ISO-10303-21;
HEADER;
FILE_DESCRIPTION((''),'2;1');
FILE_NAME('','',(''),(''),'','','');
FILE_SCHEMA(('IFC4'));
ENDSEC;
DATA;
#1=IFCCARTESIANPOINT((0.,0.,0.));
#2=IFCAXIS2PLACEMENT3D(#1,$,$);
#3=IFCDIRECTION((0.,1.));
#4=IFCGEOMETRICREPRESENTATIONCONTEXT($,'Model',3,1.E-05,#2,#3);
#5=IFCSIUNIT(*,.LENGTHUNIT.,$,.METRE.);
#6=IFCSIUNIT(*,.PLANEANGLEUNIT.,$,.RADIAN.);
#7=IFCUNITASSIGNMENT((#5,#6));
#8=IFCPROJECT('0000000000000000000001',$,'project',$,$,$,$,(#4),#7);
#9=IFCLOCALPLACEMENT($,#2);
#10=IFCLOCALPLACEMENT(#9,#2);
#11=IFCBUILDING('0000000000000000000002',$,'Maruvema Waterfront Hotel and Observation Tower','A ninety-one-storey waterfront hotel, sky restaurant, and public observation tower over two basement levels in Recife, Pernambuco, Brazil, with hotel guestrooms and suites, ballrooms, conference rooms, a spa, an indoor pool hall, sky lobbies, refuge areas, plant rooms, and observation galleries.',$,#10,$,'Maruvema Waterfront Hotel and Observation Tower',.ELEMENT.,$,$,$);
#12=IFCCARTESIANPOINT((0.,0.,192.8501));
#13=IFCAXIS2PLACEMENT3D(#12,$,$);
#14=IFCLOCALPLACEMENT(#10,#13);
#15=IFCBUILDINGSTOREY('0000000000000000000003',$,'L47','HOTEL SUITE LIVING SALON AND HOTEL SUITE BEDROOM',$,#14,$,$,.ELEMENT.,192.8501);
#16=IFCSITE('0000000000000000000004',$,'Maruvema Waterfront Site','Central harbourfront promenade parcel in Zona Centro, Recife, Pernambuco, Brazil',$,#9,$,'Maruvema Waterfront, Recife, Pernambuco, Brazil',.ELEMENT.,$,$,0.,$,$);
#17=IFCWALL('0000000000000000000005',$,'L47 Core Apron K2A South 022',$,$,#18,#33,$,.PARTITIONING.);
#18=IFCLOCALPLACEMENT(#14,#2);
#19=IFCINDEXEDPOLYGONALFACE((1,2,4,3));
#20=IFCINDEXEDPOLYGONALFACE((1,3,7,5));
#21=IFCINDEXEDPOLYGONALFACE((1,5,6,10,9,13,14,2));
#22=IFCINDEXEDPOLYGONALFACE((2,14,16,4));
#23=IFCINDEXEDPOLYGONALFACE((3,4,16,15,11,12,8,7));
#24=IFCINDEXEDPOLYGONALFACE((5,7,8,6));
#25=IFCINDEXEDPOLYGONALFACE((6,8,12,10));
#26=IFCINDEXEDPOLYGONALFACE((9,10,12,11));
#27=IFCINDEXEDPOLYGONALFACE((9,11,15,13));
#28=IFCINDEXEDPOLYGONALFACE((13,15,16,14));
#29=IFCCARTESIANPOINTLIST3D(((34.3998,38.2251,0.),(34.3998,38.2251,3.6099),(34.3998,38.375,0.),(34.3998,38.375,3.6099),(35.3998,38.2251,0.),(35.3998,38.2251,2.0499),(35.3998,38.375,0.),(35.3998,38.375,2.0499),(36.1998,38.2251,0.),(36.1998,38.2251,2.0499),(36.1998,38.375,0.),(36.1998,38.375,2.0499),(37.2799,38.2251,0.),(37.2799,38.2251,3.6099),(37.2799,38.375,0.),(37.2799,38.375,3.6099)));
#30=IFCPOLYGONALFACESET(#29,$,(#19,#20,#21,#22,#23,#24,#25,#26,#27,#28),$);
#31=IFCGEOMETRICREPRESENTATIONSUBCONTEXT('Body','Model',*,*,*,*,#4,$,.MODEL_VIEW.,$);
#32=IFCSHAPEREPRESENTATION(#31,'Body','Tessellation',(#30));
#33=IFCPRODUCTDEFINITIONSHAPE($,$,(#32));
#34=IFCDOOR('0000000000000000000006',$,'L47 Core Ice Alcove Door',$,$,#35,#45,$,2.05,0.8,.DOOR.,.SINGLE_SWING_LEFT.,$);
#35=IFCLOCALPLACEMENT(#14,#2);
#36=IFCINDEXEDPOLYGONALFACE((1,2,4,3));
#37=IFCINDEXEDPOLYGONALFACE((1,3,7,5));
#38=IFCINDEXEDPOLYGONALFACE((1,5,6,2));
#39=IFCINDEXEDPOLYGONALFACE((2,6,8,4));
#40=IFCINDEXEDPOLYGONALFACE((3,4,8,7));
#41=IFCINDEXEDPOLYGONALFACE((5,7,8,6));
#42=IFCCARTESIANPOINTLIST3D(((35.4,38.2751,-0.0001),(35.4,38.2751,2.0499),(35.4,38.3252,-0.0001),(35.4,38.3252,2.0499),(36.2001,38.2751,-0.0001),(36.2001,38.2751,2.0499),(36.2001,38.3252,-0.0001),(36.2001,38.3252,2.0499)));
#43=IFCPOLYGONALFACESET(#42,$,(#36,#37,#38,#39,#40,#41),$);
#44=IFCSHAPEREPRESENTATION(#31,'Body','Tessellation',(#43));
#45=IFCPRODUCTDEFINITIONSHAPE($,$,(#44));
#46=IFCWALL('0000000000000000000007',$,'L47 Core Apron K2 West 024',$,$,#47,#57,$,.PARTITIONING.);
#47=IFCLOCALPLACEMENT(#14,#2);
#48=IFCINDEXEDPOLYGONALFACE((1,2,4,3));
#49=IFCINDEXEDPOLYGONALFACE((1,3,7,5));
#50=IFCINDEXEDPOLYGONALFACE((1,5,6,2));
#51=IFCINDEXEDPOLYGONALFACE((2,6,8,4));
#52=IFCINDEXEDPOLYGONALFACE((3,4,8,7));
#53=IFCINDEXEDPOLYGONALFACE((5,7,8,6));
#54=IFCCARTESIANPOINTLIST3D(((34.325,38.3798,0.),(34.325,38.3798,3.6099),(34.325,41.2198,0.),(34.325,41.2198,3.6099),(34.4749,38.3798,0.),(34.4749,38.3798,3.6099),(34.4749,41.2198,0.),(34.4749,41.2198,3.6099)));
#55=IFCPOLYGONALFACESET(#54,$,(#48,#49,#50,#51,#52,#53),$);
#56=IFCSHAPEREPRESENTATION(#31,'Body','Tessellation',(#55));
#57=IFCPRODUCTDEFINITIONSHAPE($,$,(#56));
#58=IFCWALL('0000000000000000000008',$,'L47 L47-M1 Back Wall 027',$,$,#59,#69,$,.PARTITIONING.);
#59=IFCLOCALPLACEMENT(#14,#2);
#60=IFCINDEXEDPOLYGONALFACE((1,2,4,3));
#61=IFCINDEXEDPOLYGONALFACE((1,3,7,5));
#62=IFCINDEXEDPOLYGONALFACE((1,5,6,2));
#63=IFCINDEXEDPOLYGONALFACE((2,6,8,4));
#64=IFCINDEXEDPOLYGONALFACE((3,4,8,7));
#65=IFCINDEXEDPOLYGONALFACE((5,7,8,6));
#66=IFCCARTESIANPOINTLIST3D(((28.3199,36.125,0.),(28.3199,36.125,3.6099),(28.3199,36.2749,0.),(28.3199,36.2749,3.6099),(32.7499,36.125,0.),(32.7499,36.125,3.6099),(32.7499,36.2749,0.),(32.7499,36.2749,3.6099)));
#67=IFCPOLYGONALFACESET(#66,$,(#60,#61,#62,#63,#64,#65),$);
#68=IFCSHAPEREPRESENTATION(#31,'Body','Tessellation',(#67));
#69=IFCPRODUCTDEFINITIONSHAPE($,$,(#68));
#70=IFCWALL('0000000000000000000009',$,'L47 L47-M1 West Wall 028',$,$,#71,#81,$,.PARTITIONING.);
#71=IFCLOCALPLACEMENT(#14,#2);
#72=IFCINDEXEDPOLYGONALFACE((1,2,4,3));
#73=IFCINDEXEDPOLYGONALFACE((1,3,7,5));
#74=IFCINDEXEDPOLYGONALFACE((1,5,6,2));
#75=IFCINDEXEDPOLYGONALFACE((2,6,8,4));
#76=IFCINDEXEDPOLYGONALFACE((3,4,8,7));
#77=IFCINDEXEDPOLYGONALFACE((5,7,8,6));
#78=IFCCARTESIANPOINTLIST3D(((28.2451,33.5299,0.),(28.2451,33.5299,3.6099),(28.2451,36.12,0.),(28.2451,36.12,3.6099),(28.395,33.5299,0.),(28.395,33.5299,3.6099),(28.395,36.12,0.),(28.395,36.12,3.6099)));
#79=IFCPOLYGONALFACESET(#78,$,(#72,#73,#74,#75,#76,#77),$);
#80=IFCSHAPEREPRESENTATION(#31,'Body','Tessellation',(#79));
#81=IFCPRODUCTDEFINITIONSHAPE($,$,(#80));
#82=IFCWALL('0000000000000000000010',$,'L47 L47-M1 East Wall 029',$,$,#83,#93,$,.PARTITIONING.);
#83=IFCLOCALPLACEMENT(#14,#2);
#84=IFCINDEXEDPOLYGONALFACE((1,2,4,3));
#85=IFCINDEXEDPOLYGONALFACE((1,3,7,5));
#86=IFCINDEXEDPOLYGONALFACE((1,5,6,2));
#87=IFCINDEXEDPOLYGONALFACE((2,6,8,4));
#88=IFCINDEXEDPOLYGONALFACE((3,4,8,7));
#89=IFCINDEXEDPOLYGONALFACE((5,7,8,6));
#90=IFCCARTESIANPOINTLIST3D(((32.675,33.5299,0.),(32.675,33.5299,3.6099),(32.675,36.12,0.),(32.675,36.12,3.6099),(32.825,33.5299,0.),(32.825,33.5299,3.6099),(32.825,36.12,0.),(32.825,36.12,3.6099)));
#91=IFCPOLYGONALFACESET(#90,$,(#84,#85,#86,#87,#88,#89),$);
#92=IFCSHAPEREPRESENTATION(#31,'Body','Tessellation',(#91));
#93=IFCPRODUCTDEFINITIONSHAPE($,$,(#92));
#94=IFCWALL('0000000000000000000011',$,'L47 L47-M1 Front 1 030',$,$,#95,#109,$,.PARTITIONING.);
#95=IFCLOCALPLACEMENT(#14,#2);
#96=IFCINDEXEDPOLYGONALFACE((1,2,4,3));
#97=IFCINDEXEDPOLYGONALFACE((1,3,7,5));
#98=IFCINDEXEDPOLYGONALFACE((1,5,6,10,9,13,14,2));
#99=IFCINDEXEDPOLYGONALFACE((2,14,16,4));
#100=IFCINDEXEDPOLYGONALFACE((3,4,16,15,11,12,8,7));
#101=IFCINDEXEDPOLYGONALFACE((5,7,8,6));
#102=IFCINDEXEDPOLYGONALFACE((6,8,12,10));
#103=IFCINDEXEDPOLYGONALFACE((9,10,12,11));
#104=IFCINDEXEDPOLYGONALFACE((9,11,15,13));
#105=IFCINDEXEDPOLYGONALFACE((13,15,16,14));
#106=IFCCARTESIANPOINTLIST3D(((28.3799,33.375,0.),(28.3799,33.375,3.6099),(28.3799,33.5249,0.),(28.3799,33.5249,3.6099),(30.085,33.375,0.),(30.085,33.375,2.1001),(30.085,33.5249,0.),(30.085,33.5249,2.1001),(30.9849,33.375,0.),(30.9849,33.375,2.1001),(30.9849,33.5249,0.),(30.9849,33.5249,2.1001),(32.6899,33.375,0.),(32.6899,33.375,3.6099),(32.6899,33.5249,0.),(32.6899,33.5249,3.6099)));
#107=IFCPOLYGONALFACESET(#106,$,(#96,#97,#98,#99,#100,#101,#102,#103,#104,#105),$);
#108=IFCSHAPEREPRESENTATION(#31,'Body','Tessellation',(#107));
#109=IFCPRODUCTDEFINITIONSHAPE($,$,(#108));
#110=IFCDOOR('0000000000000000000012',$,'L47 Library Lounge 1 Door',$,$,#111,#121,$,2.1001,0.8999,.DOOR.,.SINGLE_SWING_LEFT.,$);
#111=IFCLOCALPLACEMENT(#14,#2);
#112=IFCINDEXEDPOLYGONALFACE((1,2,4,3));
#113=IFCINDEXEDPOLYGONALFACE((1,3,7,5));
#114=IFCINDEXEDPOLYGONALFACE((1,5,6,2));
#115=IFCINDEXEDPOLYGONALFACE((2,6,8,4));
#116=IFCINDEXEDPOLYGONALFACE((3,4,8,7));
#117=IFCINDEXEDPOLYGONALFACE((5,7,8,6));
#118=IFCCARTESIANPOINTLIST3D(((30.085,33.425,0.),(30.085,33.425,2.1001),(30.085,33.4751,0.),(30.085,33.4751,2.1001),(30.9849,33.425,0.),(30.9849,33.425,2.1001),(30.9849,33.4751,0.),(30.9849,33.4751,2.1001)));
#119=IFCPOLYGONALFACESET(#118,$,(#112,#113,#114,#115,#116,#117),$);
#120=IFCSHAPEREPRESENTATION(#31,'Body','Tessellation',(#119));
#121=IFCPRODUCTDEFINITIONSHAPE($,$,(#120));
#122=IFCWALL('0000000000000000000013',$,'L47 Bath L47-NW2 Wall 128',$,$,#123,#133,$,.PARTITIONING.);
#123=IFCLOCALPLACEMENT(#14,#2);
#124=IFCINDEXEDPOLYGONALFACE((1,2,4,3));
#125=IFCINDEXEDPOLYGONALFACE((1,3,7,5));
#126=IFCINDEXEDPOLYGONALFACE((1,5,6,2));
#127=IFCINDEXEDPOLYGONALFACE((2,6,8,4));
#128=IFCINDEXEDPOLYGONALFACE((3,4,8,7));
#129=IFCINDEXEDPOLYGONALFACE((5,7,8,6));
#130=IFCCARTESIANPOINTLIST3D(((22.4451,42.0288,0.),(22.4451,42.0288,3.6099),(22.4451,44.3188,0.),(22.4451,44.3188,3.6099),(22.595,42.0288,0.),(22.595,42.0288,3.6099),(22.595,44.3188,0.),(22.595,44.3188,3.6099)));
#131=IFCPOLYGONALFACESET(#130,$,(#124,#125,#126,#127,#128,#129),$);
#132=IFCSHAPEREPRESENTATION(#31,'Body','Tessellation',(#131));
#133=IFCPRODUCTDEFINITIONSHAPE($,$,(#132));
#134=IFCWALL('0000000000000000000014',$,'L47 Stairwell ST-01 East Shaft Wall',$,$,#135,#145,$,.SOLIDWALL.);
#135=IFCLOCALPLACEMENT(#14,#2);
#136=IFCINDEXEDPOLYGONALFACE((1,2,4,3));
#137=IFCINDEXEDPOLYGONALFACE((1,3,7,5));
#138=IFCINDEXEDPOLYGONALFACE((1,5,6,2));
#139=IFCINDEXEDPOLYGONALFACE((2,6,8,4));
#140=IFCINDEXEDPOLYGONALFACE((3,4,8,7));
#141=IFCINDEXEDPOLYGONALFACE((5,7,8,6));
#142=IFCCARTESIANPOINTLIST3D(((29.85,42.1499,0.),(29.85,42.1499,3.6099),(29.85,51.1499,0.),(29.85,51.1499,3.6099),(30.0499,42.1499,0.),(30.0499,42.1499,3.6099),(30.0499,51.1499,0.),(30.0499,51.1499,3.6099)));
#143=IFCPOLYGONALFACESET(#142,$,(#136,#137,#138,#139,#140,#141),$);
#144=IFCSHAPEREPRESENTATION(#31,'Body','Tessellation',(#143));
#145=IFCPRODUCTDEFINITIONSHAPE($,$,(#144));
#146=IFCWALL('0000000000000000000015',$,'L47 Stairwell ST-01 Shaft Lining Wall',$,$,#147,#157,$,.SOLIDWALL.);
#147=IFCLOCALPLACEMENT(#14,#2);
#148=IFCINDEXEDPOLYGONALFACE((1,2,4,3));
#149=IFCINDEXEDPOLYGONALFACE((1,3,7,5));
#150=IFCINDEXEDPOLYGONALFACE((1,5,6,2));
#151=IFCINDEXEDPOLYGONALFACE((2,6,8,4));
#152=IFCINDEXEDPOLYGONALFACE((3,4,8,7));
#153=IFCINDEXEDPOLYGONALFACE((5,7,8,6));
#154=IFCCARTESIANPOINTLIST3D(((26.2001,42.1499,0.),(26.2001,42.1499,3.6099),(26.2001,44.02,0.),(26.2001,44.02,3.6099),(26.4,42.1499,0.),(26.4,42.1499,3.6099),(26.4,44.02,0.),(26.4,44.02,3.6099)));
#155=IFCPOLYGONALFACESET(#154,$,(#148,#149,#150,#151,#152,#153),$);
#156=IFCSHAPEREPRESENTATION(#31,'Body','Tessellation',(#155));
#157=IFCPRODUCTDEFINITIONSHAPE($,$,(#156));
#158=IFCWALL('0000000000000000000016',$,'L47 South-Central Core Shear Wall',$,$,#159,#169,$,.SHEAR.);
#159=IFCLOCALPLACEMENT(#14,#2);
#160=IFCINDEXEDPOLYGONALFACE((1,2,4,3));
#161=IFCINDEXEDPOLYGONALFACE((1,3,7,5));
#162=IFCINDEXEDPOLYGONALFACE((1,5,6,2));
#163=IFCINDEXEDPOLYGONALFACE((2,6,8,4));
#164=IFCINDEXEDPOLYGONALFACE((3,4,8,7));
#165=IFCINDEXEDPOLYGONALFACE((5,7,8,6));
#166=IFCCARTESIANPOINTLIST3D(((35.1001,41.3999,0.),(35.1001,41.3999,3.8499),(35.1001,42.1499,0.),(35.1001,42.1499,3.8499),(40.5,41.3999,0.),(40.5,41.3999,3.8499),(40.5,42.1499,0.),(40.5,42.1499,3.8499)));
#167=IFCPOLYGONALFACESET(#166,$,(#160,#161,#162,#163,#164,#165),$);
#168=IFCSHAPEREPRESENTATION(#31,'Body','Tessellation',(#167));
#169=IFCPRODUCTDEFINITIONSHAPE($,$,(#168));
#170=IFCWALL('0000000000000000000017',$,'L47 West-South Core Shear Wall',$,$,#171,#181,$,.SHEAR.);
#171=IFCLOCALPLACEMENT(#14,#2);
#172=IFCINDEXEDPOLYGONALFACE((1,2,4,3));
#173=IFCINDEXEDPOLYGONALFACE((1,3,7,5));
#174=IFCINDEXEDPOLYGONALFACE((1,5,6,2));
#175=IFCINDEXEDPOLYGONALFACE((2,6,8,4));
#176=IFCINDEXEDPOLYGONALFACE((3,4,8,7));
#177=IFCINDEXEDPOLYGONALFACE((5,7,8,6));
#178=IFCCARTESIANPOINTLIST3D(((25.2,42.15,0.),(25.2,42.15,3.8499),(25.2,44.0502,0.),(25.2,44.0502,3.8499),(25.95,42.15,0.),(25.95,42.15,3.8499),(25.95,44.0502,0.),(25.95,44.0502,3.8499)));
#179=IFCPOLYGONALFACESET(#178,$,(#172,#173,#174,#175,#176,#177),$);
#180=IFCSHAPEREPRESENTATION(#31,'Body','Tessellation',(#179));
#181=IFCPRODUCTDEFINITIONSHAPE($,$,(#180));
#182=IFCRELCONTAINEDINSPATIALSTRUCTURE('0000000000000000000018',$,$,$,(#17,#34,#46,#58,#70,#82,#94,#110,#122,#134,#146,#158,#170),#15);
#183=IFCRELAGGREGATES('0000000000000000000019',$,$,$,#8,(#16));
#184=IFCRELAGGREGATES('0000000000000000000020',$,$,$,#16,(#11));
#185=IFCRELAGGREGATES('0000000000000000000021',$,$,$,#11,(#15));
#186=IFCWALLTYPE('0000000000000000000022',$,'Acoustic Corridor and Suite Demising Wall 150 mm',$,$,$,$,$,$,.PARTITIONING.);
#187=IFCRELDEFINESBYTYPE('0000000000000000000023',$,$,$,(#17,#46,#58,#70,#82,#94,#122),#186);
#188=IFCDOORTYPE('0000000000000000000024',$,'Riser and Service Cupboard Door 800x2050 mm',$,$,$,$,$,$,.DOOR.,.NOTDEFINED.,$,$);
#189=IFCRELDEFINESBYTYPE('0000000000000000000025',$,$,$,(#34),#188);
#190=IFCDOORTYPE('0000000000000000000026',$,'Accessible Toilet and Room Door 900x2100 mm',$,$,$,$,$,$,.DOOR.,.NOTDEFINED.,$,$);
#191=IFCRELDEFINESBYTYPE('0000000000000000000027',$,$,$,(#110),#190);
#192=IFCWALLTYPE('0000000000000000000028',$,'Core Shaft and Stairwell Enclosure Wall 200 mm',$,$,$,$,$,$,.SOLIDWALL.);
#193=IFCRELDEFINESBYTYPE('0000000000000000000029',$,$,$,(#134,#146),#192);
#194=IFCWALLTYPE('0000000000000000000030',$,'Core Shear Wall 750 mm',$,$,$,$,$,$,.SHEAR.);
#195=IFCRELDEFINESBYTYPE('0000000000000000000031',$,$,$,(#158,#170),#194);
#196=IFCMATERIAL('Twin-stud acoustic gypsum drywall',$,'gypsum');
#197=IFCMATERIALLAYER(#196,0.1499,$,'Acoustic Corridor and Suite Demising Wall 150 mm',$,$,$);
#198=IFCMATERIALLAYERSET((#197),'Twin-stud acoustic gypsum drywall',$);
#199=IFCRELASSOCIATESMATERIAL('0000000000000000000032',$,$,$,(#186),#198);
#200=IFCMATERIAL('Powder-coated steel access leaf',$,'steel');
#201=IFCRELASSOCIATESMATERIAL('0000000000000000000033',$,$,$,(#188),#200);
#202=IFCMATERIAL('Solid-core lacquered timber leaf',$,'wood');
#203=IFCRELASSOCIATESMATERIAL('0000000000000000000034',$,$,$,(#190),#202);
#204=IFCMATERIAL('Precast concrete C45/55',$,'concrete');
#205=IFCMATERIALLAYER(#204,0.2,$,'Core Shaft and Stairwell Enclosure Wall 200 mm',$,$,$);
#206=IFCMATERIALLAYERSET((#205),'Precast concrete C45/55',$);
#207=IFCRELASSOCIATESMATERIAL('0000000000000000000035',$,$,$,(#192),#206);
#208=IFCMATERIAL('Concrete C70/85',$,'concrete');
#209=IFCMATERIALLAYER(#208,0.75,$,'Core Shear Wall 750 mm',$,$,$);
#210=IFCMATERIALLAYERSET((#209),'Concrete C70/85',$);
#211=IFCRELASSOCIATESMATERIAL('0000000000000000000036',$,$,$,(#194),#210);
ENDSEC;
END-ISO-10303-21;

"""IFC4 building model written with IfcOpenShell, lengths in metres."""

from ifc_helpers import new_model, si_unit, direction, frame, frame_2d, origin, place, context, subcontext, project, spatial, rectangle, extrude, material, layer, layer_set, type_object, element, fill, save


model = new_model("IFC4")

# Units and contexts
model_context = context("Model", 3, precision=1e-05, world=origin(), true_north=direction((0.0, 1.0)))
body_context = subcontext(model_context, "Body", "Model", "MODEL_VIEW")
ifc_project = project(units=[si_unit("LENGTHUNIT", "METRE"), si_unit("PLANEANGLEUNIT", "RADIAN")], contexts=[model_context])

# Site, building, storey
site_placement = place(None, origin())
site = spatial("IfcSite", under=ifc_project, at=site_placement, Name="Maruvema Waterfront Site", Description="Central harbourfront promenade parcel in Zona Centro, Recife, Pernambuco, Brazil", LongName="Maruvema Waterfront, Recife, Pernambuco, Brazil", CompositionType="ELEMENT", RefElevation=0.0)
building_placement = place(site_placement, origin())
building = spatial("IfcBuilding", under=site, at=building_placement, Name="Maruvema Waterfront Hotel and Observation Tower", Description="A ninety-one-storey waterfront hotel, sky restaurant, and public observation tower over two basement levels in Recife, Pernambuco, Brazil, with hotel guestrooms and suites, ballrooms, conference rooms, a spa, an indoor pool hall, sky lobbies, refuge areas, plant rooms, and observation galleries.", LongName="Maruvema Waterfront Hotel and Observation Tower", CompositionType="ELEMENT")
storey_placement = place(building_placement, frame((0.0, 0.0, 192.8501)))
storey = spatial("IfcBuildingStorey", under=building, at=storey_placement, Name="L47", Description="HOTEL SUITE LIVING SALON AND HOTEL SUITE BEDROOM", CompositionType="ELEMENT", Elevation=192.8501)

# Wall, opening, door
ifc_material_1 = material(Name="Twin-stud acoustic gypsum drywall", Category="gypsum")
ifc_layer_1 = layer(ifc_material_1, 0.1499, Name="Acoustic Corridor and Suite Demising Wall 150 mm")
ifc_layer_set_1 = layer_set([ifc_layer_1], Name="Twin-stud acoustic gypsum drywall")
wall_type_1 = type_object("IfcWallType", Name="Acoustic Corridor and Suite Demising Wall 150 mm", PredefinedType="PARTITIONING", material=ifc_layer_set_1)
wall_1_placement = place(storey_placement, frame((34.3999, 38.3, 0.0), z_axis=(0.0, 0.0, 1.0), x_axis=(1.0, 0.0, 0.0)))
wall_1 = element("IfcWall", 1, at=wall_1_placement, inside=storey, type_object=wall_type_1, Name="L47 Core Apron K2A South 022", PredefinedType="PARTITIONING", context=body_context, shape_type="SweptSolid", body=[
    extrude(rectangle(XDim=2.8801, YDim=0.1499, at=frame_2d((1.4399, 0.0))), origin(), (0.0, 0.0, 1.0), 3.6099),
])
opening_1_placement = place(wall_1_placement, frame((1.0, 0.0, 0.0)))
opening_1 = element("IfcOpeningElement", 2, at=opening_1_placement, cuts=wall_1, PredefinedType="OPENING", context=body_context, shape_type="SweptSolid", body=[
    extrude(rectangle(XDim=0.8, YDim=2.05, at=frame_2d((0.3999, 1.0249))), frame((0.0, 0.085, 0.0), z_axis=(0.0, -1.0, 0.0), x_axis=(1.0, 0.0, 0.0)), (0.0, 0.0, 1.0), 0.1699),
])
ifc_material_2 = material(Name="Powder-coated steel access leaf", Category="steel")
door_type_1 = type_object("IfcDoorType", Name="Riser and Service Cupboard Door 800x2050 mm", OperationType="NOTDEFINED", PredefinedType="DOOR", material=ifc_material_2)
door_1_placement = place(opening_1_placement, frame((0.8, 0.0, 0.0), z_axis=(0.0, 0.0, 1.0), x_axis=(-1.0, 0.0, 0.0)))
door_1 = element("IfcDoor", 3, at=door_1_placement, inside=storey, type_object=door_type_1, Name="L47 Core Ice Alcove Door", OperationType="SINGLE_SWING_LEFT", OverallHeight=2.05, OverallWidth=0.8, PredefinedType="DOOR", context=body_context, shape_type="SweptSolid", body=[
    extrude(rectangle(XDim=0.8, YDim=2.05, at=frame_2d((0.3999, 1.0249))), frame((0.0, 0.0249, 0.0), z_axis=(0.0, -1.0, 0.0), x_axis=(1.0, 0.0, 0.0)), (0.0, 0.0, 1.0), 0.05),
])
fill(opening_1, door_1)

# Walls
wall_2_placement = place(storey_placement, frame((34.3999, 38.3799, 0.0), z_axis=(0.0, 0.0, 1.0), x_axis=(0.0, 1.0, 0.0)))
element("IfcWall", 4, at=wall_2_placement, inside=storey, type_object=wall_type_1, Name="L47 Core Apron K2 West 024", PredefinedType="PARTITIONING", context=body_context, shape_type="SweptSolid", body=[
    extrude(rectangle(XDim=2.8401, YDim=0.1499, at=frame_2d((1.4199, 0.0))), origin(), (0.0, 0.0, 1.0), 3.6099),
])
wall_3_placement = place(storey_placement, frame((28.3201, 36.2, 0.0), z_axis=(0.0, 0.0, 1.0), x_axis=(1.0, 0.0, 0.0)))
element("IfcWall", 5, at=wall_3_placement, inside=storey, type_object=wall_type_1, Name="L47 L47-M1 Back Wall 027", PredefinedType="PARTITIONING", context=body_context, shape_type="SweptSolid", body=[
    extrude(rectangle(XDim=4.4299, YDim=0.1499, at=frame_2d((2.2148, 0.0))), origin(), (0.0, 0.0, 1.0), 3.6099),
])
for number, where, z_axis, x_axis, name in (
    (6, (28.3201, 33.53, 0.0), (0.0, 0.0, 1.0), (0.0, 1.0, 0.0), "L47 L47-M1 West Wall 028"),
    (7, (32.75, 33.53, 0.0), (0.0, 0.0, 1.0), (0.0, 1.0, 0.0), "L47 L47-M1 East Wall 029"),
):
    element("IfcWall", number, at=place(storey_placement, frame(where, z_axis=z_axis, x_axis=x_axis)), inside=storey, type_object=wall_type_1, Name=name, PredefinedType="PARTITIONING", context=body_context, shape_type="SweptSolid", body=[
        extrude(rectangle(XDim=2.5901, YDim=0.1499, at=frame_2d((1.2949, 0.0))), origin(), (0.0, 0.0, 1.0), 3.6099),
    ])

# Wall, opening, door
wall_4_placement = place(storey_placement, frame((28.3799, 33.45, 0.0), z_axis=(0.0, 0.0, 1.0), x_axis=(1.0, 0.0, 0.0)))
wall_4 = element("IfcWall", 8, at=wall_4_placement, inside=storey, type_object=wall_type_1, Name="L47 L47-M1 Front 1 030", PredefinedType="PARTITIONING", context=body_context, shape_type="SweptSolid", body=[
    extrude(rectangle(XDim=4.3101, YDim=0.1499, at=frame_2d((2.155, 0.0))), origin(), (0.0, 0.0, 1.0), 3.6099),
])
opening_2_placement = place(wall_4_placement, frame((1.7051, 0.0, 0.0)))
opening_2 = element("IfcOpeningElement", 9, at=opening_2_placement, cuts=wall_4, PredefinedType="OPENING", context=body_context, shape_type="SweptSolid", body=[
    extrude(rectangle(XDim=0.8999, YDim=2.1001, at=frame_2d((0.45, 1.05))), frame((0.0, 0.085, 0.0), z_axis=(0.0, -1.0, 0.0), x_axis=(1.0, 0.0, 0.0)), (0.0, 0.0, 1.0), 0.1699),
])
ifc_material_3 = material(Name="Solid-core lacquered timber leaf", Category="wood")
door_type_2 = type_object("IfcDoorType", Name="Accessible Toilet and Room Door 900x2100 mm", OperationType="NOTDEFINED", PredefinedType="DOOR", material=ifc_material_3)
door_2_placement = place(opening_2_placement, frame((0.8999, 0.0, 0.0), z_axis=(0.0, 0.0, 1.0), x_axis=(-1.0, 0.0, 0.0)))
door_2 = element("IfcDoor", 10, at=door_2_placement, inside=storey, type_object=door_type_2, Name="L47 Library Lounge 1 Door", OperationType="SINGLE_SWING_LEFT", OverallHeight=2.1001, OverallWidth=0.8999, PredefinedType="DOOR", context=body_context, shape_type="SweptSolid", body=[
    extrude(rectangle(XDim=0.8999, YDim=2.1001, at=frame_2d((0.45, 1.05))), frame((0.0, 0.0249, 0.0), z_axis=(0.0, -1.0, 0.0), x_axis=(1.0, 0.0, 0.0)), (0.0, 0.0, 1.0), 0.05),
])
fill(opening_2, door_2)

# Walls
wall_5_placement = place(storey_placement, frame((22.52, 42.0288, 0.0), z_axis=(0.0, 0.0, 1.0), x_axis=(0.0, 1.0, 0.0)))
element("IfcWall", 11, at=wall_5_placement, inside=storey, type_object=wall_type_1, Name="L47 Bath L47-NW2 Wall 128", PredefinedType="PARTITIONING", context=body_context, shape_type="SweptSolid", body=[
    extrude(rectangle(XDim=2.29, YDim=0.1499, at=frame_2d((1.145, 0.0))), origin(), (0.0, 0.0, 1.0), 3.6099),
])
ifc_material_4 = material(Name="Precast concrete C45/55", Category="concrete")
ifc_layer_2 = layer(ifc_material_4, 0.2, Name="Core Shaft and Stairwell Enclosure Wall 200 mm")
ifc_layer_set_2 = layer_set([ifc_layer_2], Name="Precast concrete C45/55")
wall_type_2 = type_object("IfcWallType", Name="Core Shaft and Stairwell Enclosure Wall 200 mm", PredefinedType="SOLIDWALL", material=ifc_layer_set_2)
wall_6_placement = place(storey_placement, frame((29.95, 42.1499, 0.0), z_axis=(0.0, 0.0, 1.0), x_axis=(0.0, 1.0, 0.0)))
element("IfcWall", 12, at=wall_6_placement, inside=storey, type_object=wall_type_2, Name="L47 Stairwell ST-01 East Shaft Wall", PredefinedType="SOLIDWALL", context=body_context, shape_type="SweptSolid", body=[
    extrude(rectangle(XDim=9.0, YDim=0.2, at=frame_2d((4.5, 0.0))), origin(), (0.0, 0.0, 1.0), 3.6099),
])
wall_7_placement = place(storey_placement, frame((26.3, 42.1499, 0.0), z_axis=(0.0, 0.0, 1.0), x_axis=(0.0, 1.0, 0.0)))
element("IfcWall", 13, at=wall_7_placement, inside=storey, type_object=wall_type_2, Name="L47 Stairwell ST-01 Shaft Lining Wall", PredefinedType="SOLIDWALL", context=body_context, shape_type="SweptSolid", body=[
    extrude(rectangle(XDim=1.8701, YDim=0.2, at=frame_2d((0.9351, 0.0))), origin(), (0.0, 0.0, 1.0), 3.6099),
])

# Shared definitions
ifc_material_5 = material(Name="Concrete C70/85", Category="concrete")
ifc_layer_3 = layer(ifc_material_5, 0.75, Name="Core Shear Wall 750 mm")
ifc_layer_set_3 = layer_set([ifc_layer_3], Name="Concrete C70/85")
wall_type_3 = type_object("IfcWallType", Name="Core Shear Wall 750 mm", PredefinedType="SHEAR", material=ifc_layer_set_3)

# Walls
wall_8_placement = place(storey_placement, frame((35.1001, 41.7749, 0.0), z_axis=(0.0, 0.0, 1.0), x_axis=(1.0, 0.0, 0.0)))
element("IfcWall", 14, at=wall_8_placement, inside=storey, type_object=wall_type_3, Name="L47 South-Central Core Shear Wall", PredefinedType="SHEAR", context=body_context, shape_type="SweptSolid", body=[
    extrude(rectangle(XDim=5.3999, YDim=0.75, at=frame_2d((2.7, 0.0))), origin(), (0.0, 0.0, 1.0), 3.8499),
])
wall_9_placement = place(storey_placement, frame((25.575, 42.1499, 0.0), z_axis=(0.0, 0.0, 1.0), x_axis=(0.0, 1.0, 0.0)))
element("IfcWall", 15, at=wall_9_placement, inside=storey, type_object=wall_type_3, Name="L47 West-South Core Shear Wall", PredefinedType="SHEAR", context=body_context, shape_type="SweptSolid", body=[
    extrude(rectangle(XDim=1.9001, YDim=0.75, at=frame_2d((0.9502, 0.0))), origin(), (0.0, 0.0, 1.0), 3.8499),
])

save(model, "model.ifc")
